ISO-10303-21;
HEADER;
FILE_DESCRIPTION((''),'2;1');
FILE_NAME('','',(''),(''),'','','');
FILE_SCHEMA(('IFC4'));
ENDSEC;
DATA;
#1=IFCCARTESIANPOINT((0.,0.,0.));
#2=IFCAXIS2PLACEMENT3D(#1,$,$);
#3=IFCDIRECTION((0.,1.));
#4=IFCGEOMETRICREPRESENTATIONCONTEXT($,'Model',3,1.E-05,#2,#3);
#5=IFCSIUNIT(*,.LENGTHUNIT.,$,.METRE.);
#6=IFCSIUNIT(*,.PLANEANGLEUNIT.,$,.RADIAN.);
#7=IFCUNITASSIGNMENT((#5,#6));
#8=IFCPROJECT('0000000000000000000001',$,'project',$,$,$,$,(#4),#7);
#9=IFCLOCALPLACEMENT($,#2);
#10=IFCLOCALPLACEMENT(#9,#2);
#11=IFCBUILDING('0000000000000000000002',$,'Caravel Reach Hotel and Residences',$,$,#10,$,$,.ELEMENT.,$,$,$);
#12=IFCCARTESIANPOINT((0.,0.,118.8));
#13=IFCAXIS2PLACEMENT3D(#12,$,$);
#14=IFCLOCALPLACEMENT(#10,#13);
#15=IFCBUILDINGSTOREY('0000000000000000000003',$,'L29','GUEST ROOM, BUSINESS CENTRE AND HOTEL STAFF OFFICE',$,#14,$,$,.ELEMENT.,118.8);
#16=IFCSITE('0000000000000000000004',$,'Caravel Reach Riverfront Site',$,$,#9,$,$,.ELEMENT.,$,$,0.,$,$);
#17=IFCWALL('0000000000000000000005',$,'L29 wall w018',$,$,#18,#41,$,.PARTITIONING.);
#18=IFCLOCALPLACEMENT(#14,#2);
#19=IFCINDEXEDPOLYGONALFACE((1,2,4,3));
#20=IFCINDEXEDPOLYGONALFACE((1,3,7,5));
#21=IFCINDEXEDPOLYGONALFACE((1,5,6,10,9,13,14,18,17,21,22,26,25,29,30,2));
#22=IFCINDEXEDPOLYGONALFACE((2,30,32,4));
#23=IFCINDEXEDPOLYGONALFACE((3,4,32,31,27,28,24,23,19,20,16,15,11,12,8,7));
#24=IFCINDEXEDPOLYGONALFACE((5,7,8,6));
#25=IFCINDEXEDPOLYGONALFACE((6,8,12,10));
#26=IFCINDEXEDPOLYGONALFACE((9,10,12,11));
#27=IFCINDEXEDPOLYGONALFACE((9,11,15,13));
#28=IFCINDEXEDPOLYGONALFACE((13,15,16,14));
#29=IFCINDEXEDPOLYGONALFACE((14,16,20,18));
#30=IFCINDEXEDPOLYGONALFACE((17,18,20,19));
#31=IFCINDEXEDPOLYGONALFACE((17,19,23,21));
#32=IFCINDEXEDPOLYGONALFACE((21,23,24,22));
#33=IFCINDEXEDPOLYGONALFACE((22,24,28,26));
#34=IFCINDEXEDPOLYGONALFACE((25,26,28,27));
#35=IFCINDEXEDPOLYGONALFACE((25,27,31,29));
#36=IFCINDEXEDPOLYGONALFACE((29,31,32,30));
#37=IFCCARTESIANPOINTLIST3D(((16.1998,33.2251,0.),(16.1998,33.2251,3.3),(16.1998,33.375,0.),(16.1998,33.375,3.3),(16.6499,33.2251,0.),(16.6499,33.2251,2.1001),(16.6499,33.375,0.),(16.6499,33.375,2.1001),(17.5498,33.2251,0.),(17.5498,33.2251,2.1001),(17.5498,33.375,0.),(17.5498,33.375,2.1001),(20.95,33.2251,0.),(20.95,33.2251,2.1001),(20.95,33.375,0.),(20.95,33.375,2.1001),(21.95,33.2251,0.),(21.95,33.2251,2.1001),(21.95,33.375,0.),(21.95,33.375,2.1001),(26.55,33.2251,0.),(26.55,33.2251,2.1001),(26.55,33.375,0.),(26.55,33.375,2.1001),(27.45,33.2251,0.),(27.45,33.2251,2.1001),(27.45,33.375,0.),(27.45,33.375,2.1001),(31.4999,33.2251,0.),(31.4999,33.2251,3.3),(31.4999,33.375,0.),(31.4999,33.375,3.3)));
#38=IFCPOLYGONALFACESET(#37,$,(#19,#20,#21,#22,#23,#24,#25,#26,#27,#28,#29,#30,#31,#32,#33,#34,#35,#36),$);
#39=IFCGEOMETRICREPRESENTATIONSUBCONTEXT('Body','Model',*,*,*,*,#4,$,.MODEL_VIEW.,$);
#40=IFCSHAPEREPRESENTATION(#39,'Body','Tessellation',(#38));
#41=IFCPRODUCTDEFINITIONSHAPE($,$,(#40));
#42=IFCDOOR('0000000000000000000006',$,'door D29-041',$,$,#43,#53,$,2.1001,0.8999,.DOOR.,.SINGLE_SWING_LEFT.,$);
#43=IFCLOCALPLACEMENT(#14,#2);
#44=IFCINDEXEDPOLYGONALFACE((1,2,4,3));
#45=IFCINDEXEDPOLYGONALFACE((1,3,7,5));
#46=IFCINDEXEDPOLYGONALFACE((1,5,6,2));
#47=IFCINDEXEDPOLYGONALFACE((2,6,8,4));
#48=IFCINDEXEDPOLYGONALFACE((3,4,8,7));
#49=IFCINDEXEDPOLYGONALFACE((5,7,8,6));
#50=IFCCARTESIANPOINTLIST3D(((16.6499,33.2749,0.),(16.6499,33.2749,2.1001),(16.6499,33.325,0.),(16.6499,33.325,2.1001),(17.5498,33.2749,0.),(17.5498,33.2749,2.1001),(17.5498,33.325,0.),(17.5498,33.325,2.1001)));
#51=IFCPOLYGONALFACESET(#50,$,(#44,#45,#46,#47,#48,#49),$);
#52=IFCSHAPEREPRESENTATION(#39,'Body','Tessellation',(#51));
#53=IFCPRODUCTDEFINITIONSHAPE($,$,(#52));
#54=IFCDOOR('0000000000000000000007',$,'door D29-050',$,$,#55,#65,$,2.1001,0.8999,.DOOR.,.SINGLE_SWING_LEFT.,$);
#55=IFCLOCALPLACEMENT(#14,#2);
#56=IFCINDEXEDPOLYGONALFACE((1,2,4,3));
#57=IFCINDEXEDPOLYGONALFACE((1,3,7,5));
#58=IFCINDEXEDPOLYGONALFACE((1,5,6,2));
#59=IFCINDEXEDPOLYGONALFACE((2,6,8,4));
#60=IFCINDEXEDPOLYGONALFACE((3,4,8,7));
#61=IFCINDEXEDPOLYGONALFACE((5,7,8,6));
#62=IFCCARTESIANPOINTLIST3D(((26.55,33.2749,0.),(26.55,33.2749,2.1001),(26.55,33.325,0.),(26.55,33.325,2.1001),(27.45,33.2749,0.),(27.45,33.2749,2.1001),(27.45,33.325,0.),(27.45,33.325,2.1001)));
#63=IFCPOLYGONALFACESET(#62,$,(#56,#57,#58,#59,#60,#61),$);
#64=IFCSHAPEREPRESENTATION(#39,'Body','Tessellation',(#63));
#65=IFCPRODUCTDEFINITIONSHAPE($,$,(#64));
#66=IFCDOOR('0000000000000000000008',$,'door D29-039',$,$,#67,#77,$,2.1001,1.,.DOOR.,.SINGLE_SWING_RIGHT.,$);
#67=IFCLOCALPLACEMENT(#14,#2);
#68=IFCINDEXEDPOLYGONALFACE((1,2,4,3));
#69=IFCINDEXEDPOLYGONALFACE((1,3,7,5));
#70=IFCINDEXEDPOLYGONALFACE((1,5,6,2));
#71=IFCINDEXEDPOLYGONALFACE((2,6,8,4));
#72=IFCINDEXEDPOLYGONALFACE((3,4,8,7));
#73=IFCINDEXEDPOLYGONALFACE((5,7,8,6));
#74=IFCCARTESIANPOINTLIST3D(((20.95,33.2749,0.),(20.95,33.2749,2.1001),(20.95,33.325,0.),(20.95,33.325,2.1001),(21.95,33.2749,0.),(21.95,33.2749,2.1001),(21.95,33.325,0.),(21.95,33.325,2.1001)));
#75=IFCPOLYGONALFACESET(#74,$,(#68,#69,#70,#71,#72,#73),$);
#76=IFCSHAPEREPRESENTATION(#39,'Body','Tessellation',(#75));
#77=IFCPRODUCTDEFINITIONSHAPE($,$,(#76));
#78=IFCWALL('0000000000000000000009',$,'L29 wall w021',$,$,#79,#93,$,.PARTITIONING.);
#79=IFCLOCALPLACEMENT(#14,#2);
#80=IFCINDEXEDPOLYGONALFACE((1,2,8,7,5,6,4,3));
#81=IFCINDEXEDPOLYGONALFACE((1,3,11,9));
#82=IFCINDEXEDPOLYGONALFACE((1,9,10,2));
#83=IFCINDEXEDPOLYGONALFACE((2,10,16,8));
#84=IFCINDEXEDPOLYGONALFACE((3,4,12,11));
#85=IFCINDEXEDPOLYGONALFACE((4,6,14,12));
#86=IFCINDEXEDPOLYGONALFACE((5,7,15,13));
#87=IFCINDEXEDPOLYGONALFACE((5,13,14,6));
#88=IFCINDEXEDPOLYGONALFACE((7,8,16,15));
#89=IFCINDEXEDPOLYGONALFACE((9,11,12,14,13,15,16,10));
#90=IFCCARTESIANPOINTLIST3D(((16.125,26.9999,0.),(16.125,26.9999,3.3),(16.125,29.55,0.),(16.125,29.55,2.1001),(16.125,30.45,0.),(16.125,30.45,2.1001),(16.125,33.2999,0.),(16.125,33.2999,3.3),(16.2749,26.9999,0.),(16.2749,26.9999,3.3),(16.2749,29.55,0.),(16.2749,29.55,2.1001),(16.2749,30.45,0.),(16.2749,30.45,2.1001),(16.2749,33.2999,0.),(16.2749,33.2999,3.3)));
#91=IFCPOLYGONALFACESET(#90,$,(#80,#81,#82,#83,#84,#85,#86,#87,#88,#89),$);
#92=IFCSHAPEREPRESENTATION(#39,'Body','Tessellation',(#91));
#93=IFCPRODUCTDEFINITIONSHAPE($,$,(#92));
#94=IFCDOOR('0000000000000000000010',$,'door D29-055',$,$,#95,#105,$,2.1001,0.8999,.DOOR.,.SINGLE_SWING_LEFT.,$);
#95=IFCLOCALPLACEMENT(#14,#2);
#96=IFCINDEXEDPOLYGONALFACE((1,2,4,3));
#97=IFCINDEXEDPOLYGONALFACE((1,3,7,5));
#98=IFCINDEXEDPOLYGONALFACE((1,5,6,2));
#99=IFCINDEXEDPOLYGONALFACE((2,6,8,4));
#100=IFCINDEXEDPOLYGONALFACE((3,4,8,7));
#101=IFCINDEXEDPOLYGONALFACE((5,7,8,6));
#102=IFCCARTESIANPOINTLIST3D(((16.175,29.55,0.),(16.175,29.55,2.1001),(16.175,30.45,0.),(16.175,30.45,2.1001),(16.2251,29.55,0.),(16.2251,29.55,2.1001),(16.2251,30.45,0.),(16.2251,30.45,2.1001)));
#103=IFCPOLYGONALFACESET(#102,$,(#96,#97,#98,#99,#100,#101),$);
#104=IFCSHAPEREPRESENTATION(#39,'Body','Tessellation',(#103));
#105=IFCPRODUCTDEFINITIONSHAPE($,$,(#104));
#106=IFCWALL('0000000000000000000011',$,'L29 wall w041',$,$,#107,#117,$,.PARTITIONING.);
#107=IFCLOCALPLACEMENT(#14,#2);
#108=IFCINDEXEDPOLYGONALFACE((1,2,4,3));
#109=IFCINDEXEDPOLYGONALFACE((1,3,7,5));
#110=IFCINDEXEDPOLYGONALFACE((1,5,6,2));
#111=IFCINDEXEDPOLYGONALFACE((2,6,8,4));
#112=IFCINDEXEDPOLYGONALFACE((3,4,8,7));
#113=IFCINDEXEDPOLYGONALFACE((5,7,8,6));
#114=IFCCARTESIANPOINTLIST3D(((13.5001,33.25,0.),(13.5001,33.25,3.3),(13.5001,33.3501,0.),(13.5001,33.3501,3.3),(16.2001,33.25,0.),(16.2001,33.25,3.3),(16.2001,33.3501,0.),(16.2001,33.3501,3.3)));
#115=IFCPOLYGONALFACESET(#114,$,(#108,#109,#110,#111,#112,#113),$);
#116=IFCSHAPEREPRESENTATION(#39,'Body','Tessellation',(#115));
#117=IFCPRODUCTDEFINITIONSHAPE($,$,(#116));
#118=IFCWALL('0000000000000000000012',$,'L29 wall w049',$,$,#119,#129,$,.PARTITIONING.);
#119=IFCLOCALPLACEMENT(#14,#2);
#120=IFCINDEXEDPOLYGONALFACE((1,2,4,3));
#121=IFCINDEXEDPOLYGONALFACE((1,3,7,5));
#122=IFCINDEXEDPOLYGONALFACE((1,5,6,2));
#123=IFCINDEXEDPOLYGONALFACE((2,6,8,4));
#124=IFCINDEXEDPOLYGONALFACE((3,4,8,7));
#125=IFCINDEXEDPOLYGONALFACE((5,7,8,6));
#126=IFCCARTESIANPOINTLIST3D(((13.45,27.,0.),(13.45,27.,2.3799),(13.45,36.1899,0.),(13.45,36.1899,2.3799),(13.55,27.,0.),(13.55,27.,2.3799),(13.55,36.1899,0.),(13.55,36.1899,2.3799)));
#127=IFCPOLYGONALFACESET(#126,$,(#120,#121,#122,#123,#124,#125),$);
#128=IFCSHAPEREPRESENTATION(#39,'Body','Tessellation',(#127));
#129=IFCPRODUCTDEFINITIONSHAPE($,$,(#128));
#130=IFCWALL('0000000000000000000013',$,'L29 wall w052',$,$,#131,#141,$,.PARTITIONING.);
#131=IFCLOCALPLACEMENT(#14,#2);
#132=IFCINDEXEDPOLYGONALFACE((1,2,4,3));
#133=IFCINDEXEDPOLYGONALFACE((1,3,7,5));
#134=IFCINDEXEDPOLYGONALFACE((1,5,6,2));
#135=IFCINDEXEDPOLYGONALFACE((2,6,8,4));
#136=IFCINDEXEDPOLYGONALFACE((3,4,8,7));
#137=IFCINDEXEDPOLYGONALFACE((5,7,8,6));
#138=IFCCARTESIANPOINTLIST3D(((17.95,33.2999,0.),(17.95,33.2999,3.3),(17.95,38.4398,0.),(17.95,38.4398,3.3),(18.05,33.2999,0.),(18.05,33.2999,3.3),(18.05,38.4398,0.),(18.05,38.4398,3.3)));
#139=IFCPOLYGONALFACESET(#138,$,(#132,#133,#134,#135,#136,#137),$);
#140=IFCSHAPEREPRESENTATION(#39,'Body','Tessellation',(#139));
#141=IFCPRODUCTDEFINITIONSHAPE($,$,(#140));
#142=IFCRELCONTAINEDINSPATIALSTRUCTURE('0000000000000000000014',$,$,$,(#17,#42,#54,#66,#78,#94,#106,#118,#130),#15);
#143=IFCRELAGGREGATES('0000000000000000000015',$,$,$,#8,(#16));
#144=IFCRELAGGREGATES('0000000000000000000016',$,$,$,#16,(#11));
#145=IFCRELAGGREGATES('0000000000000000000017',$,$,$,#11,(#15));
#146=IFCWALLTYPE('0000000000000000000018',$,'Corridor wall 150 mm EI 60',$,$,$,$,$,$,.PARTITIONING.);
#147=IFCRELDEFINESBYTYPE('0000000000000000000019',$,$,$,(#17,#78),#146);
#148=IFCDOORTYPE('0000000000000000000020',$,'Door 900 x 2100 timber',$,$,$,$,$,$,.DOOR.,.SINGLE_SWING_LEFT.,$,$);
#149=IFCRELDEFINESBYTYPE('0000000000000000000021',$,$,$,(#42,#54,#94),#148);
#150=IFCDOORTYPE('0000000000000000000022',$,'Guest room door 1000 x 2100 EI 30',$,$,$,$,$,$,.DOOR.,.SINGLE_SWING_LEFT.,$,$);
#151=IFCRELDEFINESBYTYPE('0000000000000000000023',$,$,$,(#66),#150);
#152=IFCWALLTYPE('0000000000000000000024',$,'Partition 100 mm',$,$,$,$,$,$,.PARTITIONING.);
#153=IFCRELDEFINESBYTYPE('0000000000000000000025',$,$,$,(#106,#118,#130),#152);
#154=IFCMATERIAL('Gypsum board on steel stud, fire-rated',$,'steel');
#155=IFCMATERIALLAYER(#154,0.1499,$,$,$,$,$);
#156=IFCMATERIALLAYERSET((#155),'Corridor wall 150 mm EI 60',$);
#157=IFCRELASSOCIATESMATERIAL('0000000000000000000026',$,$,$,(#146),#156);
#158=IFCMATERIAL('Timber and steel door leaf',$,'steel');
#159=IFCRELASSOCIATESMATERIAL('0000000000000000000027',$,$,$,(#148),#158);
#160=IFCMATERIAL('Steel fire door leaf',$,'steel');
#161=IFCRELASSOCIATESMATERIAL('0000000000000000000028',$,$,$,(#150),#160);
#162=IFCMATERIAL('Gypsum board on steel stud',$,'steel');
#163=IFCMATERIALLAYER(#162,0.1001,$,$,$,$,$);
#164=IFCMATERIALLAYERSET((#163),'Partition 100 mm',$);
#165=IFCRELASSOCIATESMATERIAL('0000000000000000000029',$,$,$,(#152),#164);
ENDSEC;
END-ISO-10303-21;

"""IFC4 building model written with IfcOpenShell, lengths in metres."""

from ifc_helpers import new_model, si_unit, direction, frame, frame_2d, origin, place, context, subcontext, project, spatial, rectangle, extrude, material, layer, layer_set, type_object, element, fill, save


model = new_model("IFC4")

# Units and contexts
model_context = context("Model", 3, precision=1e-05, world=origin(), true_north=direction((0.0, 1.0)))
body_context = subcontext(model_context, "Body", "Model", "MODEL_VIEW")
ifc_project = project(units=[si_unit("LENGTHUNIT", "METRE"), si_unit("PLANEANGLEUNIT", "RADIAN")], contexts=[model_context])

# Site, building, storey
site_placement = place(None, origin())
site = spatial("IfcSite", under=ifc_project, at=site_placement, Name="Caravel Reach Riverfront Site", CompositionType="ELEMENT", RefElevation=0.0)
building_placement = place(site_placement, origin())
building = spatial("IfcBuilding", under=site, at=building_placement, Name="Caravel Reach Hotel and Residences", CompositionType="ELEMENT")
storey_placement = place(building_placement, frame((0.0, 0.0, 118.8)))
storey = spatial("IfcBuildingStorey", under=building, at=storey_placement, Name="L29", Description="GUEST ROOM, BUSINESS CENTRE AND HOTEL STAFF OFFICE", CompositionType="ELEMENT", Elevation=118.8)

# Wall, openings, doors
ifc_material_1 = material(Name="Gypsum board on steel stud, fire-rated", Category="steel")
ifc_layer_1 = layer(ifc_material_1, 0.1499)
ifc_layer_set_1 = layer_set([ifc_layer_1], Name="Corridor wall 150 mm EI 60")
wall_type_1 = type_object("IfcWallType", Name="Corridor wall 150 mm EI 60", PredefinedType="PARTITIONING", material=ifc_layer_set_1)
wall_1_placement = place(storey_placement, frame((16.2, 33.3, 0.0), z_axis=(0.0, 0.0, 1.0), x_axis=(1.0, 0.0, 0.0)))
wall_1 = element("IfcWall", 1, at=wall_1_placement, inside=storey, type_object=wall_type_1, Name="L29 wall w018", PredefinedType="PARTITIONING", context=body_context, shape_type="SweptSolid", body=[
    extrude(rectangle(XDim=15.3, YDim=0.1499, at=frame_2d((7.6499, 0.0))), origin(), (0.0, 0.0, 1.0), 3.3),
])
opening_1_placement = place(wall_1_placement, frame((4.75, 0.0, 0.0)))
opening_1 = element("IfcOpeningElement", 2, at=opening_1_placement, cuts=wall_1, PredefinedType="OPENING", context=body_context, shape_type="SweptSolid", body=[
    extrude(rectangle(XDim=1.0, YDim=2.1001, at=frame_2d((0.5, 1.05))), frame((0.0, 0.085, 0.0), z_axis=(0.0, -1.0, 0.0), x_axis=(1.0, 0.0, 0.0)), (0.0, 0.0, 1.0), 0.1699),
])
opening_2_placement = place(wall_1_placement, frame((0.45, 0.0, 0.0)))
opening_2 = element("IfcOpeningElement", 3, at=opening_2_placement, cuts=wall_1, PredefinedType="OPENING", context=body_context, shape_type="SweptSolid", body=[
    extrude(rectangle(XDim=0.8999, YDim=2.1001, at=frame_2d((0.45, 1.05))), frame((0.0, 0.085, 0.0), z_axis=(0.0, -1.0, 0.0), x_axis=(1.0, 0.0, 0.0)), (0.0, 0.0, 1.0), 0.1699),
])
opening_3_placement = place(wall_1_placement, frame((10.3501, 0.0, 0.0)))
opening_3 = element("IfcOpeningElement", 4, at=opening_3_placement, cuts=wall_1, PredefinedType="OPENING", context=body_context, shape_type="SweptSolid", body=[
    extrude(rectangle(XDim=0.8999, YDim=2.1001, at=frame_2d((0.45, 1.05))), frame((0.0, 0.085, 0.0), z_axis=(0.0, -1.0, 0.0), x_axis=(1.0, 0.0, 0.0)), (0.0, 0.0, 1.0), 0.1699),
])
ifc_material_2 = material(Name="Timber and steel door leaf", Category="steel")
door_type_1 = type_object("IfcDoorType", Name="Door 900 x 2100 timber", OperationType="SINGLE_SWING_LEFT", PredefinedType="DOOR", material=ifc_material_2)
door_1_placement = place(opening_2_placement, origin())
door_1 = element("IfcDoor", 5, at=door_1_placement, inside=storey, type_object=door_type_1, Name="door D29-041", OperationType="SINGLE_SWING_LEFT", OverallHeight=2.1001, OverallWidth=0.8999, PredefinedType="DOOR", context=body_context, shape_type="SweptSolid", body=[
    extrude(rectangle(XDim=0.8999, YDim=2.1001, at=frame_2d((0.45, 1.05))), frame((0.0, 0.0249, 0.0), z_axis=(0.0, -1.0, 0.0), x_axis=(1.0, 0.0, 0.0)), (0.0, 0.0, 1.0), 0.05),
])
fill(opening_2, door_1)
door_2_placement = place(opening_3_placement, origin())
door_2 = element("IfcDoor", 6, at=door_2_placement, inside=storey, type_object=door_type_1, Name="door D29-050", OperationType="SINGLE_SWING_LEFT", OverallHeight=2.1001, OverallWidth=0.8999, PredefinedType="DOOR", context=body_context, shape_type="SweptSolid", body=[
    extrude(rectangle(XDim=0.8999, YDim=2.1001, at=frame_2d((0.45, 1.05))), frame((0.0, 0.0249, 0.0), z_axis=(0.0, -1.0, 0.0), x_axis=(1.0, 0.0, 0.0)), (0.0, 0.0, 1.0), 0.05),
])
fill(opening_3, door_2)
ifc_material_3 = material(Name="Steel fire door leaf", Category="steel")
door_type_2 = type_object("IfcDoorType", Name="Guest room door 1000 x 2100 EI 30", OperationType="SINGLE_SWING_LEFT", PredefinedType="DOOR", material=ifc_material_3)
door_3_placement = place(opening_1_placement, origin())
door_3 = element("IfcDoor", 7, at=door_3_placement, inside=storey, type_object=door_type_2, Name="door D29-039", OperationType="SINGLE_SWING_RIGHT", OverallHeight=2.1001, OverallWidth=1.0, PredefinedType="DOOR", context=body_context, shape_type="SweptSolid", body=[
    extrude(rectangle(XDim=1.0, YDim=2.1001, at=frame_2d((0.5, 1.05))), frame((0.0, 0.0249, 0.0), z_axis=(0.0, -1.0, 0.0), x_axis=(1.0, 0.0, 0.0)), (0.0, 0.0, 1.0), 0.05),
])
fill(opening_1, door_3)

# Wall, opening, door
wall_2_placement = place(storey_placement, frame((16.2, 27.0, 0.0), z_axis=(0.0, 0.0, 1.0), x_axis=(0.0, 1.0, 0.0)))
wall_2 = element("IfcWall", 8, at=wall_2_placement, inside=storey, type_object=wall_type_1, Name="L29 wall w021", PredefinedType="PARTITIONING", context=body_context, shape_type="SweptSolid", body=[
    extrude(rectangle(XDim=6.3, YDim=0.1499, at=frame_2d((3.1499, 0.0))), origin(), (0.0, 0.0, 1.0), 3.3),
])
opening_4_placement = place(wall_2_placement, frame((2.55, 0.0, 0.0)))
opening_4 = element("IfcOpeningElement", 9, at=opening_4_placement, cuts=wall_2, PredefinedType="OPENING", context=body_context, shape_type="SweptSolid", body=[
    extrude(rectangle(XDim=0.8999, YDim=2.1001, at=frame_2d((0.45, 1.05))), frame((0.0, 0.085, 0.0), z_axis=(0.0, -1.0, 0.0), x_axis=(1.0, 0.0, 0.0)), (0.0, 0.0, 1.0), 0.1699),
])
door_4_placement = place(opening_4_placement, origin())
door_4 = element("IfcDoor", 10, at=door_4_placement, inside=storey, type_object=door_type_1, Name="door D29-055", OperationType="SINGLE_SWING_LEFT", OverallHeight=2.1001, OverallWidth=0.8999, PredefinedType="DOOR", context=body_context, shape_type="SweptSolid", body=[
    extrude(rectangle(XDim=0.8999, YDim=2.1001, at=frame_2d((0.45, 1.05))), frame((0.0, 0.0249, 0.0), z_axis=(0.0, -1.0, 0.0), x_axis=(1.0, 0.0, 0.0)), (0.0, 0.0, 1.0), 0.05),
])
fill(opening_4, door_4)

# Walls
ifc_material_4 = material(Name="Gypsum board on steel stud", Category="steel")
ifc_layer_2 = layer(ifc_material_4, 0.1001)
ifc_layer_set_2 = layer_set([ifc_layer_2], Name="Partition 100 mm")
wall_type_2 = type_object("IfcWallType", Name="Partition 100 mm", PredefinedType="PARTITIONING", material=ifc_layer_set_2)
wall_3_placement = place(storey_placement, frame((13.5, 33.3, 0.0), z_axis=(0.0, 0.0, 1.0), x_axis=(1.0, 0.0, 0.0)))
element("IfcWall", 11, at=wall_3_placement, inside=storey, type_object=wall_type_2, Name="L29 wall w041", PredefinedType="PARTITIONING", context=body_context, shape_type="SweptSolid", body=[
    extrude(rectangle(XDim=2.7, YDim=0.1001, at=frame_2d((1.3501, 0.0))), origin(), (0.0, 0.0, 1.0), 3.3),
])
wall_4_placement = place(storey_placement, frame((13.5, 27.0, 0.0), z_axis=(0.0, 0.0, 1.0), x_axis=(0.0, 1.0, 0.0)))
element("IfcWall", 12, at=wall_4_placement, inside=storey, type_object=wall_type_2, Name="L29 wall w049", PredefinedType="PARTITIONING", context=body_context, shape_type="SweptSolid", body=[
    extrude(rectangle(XDim=9.1899, YDim=0.1001, at=frame_2d((4.595, 0.0))), origin(), (0.0, 0.0, 1.0), 2.3799),
])
wall_5_placement = place(storey_placement, frame((18.0, 33.3, 0.0), z_axis=(0.0, 0.0, 1.0), x_axis=(0.0, 1.0, 0.0)))
element("IfcWall", 13, at=wall_5_placement, inside=storey, type_object=wall_type_2, Name="L29 wall w052", PredefinedType="PARTITIONING", context=body_context, shape_type="SweptSolid", body=[
    extrude(rectangle(XDim=5.1399, YDim=0.1001, at=frame_2d((2.5698, 0.0))), origin(), (0.0, 0.0, 1.0), 3.3),
])

save(model, "model.ifc")
